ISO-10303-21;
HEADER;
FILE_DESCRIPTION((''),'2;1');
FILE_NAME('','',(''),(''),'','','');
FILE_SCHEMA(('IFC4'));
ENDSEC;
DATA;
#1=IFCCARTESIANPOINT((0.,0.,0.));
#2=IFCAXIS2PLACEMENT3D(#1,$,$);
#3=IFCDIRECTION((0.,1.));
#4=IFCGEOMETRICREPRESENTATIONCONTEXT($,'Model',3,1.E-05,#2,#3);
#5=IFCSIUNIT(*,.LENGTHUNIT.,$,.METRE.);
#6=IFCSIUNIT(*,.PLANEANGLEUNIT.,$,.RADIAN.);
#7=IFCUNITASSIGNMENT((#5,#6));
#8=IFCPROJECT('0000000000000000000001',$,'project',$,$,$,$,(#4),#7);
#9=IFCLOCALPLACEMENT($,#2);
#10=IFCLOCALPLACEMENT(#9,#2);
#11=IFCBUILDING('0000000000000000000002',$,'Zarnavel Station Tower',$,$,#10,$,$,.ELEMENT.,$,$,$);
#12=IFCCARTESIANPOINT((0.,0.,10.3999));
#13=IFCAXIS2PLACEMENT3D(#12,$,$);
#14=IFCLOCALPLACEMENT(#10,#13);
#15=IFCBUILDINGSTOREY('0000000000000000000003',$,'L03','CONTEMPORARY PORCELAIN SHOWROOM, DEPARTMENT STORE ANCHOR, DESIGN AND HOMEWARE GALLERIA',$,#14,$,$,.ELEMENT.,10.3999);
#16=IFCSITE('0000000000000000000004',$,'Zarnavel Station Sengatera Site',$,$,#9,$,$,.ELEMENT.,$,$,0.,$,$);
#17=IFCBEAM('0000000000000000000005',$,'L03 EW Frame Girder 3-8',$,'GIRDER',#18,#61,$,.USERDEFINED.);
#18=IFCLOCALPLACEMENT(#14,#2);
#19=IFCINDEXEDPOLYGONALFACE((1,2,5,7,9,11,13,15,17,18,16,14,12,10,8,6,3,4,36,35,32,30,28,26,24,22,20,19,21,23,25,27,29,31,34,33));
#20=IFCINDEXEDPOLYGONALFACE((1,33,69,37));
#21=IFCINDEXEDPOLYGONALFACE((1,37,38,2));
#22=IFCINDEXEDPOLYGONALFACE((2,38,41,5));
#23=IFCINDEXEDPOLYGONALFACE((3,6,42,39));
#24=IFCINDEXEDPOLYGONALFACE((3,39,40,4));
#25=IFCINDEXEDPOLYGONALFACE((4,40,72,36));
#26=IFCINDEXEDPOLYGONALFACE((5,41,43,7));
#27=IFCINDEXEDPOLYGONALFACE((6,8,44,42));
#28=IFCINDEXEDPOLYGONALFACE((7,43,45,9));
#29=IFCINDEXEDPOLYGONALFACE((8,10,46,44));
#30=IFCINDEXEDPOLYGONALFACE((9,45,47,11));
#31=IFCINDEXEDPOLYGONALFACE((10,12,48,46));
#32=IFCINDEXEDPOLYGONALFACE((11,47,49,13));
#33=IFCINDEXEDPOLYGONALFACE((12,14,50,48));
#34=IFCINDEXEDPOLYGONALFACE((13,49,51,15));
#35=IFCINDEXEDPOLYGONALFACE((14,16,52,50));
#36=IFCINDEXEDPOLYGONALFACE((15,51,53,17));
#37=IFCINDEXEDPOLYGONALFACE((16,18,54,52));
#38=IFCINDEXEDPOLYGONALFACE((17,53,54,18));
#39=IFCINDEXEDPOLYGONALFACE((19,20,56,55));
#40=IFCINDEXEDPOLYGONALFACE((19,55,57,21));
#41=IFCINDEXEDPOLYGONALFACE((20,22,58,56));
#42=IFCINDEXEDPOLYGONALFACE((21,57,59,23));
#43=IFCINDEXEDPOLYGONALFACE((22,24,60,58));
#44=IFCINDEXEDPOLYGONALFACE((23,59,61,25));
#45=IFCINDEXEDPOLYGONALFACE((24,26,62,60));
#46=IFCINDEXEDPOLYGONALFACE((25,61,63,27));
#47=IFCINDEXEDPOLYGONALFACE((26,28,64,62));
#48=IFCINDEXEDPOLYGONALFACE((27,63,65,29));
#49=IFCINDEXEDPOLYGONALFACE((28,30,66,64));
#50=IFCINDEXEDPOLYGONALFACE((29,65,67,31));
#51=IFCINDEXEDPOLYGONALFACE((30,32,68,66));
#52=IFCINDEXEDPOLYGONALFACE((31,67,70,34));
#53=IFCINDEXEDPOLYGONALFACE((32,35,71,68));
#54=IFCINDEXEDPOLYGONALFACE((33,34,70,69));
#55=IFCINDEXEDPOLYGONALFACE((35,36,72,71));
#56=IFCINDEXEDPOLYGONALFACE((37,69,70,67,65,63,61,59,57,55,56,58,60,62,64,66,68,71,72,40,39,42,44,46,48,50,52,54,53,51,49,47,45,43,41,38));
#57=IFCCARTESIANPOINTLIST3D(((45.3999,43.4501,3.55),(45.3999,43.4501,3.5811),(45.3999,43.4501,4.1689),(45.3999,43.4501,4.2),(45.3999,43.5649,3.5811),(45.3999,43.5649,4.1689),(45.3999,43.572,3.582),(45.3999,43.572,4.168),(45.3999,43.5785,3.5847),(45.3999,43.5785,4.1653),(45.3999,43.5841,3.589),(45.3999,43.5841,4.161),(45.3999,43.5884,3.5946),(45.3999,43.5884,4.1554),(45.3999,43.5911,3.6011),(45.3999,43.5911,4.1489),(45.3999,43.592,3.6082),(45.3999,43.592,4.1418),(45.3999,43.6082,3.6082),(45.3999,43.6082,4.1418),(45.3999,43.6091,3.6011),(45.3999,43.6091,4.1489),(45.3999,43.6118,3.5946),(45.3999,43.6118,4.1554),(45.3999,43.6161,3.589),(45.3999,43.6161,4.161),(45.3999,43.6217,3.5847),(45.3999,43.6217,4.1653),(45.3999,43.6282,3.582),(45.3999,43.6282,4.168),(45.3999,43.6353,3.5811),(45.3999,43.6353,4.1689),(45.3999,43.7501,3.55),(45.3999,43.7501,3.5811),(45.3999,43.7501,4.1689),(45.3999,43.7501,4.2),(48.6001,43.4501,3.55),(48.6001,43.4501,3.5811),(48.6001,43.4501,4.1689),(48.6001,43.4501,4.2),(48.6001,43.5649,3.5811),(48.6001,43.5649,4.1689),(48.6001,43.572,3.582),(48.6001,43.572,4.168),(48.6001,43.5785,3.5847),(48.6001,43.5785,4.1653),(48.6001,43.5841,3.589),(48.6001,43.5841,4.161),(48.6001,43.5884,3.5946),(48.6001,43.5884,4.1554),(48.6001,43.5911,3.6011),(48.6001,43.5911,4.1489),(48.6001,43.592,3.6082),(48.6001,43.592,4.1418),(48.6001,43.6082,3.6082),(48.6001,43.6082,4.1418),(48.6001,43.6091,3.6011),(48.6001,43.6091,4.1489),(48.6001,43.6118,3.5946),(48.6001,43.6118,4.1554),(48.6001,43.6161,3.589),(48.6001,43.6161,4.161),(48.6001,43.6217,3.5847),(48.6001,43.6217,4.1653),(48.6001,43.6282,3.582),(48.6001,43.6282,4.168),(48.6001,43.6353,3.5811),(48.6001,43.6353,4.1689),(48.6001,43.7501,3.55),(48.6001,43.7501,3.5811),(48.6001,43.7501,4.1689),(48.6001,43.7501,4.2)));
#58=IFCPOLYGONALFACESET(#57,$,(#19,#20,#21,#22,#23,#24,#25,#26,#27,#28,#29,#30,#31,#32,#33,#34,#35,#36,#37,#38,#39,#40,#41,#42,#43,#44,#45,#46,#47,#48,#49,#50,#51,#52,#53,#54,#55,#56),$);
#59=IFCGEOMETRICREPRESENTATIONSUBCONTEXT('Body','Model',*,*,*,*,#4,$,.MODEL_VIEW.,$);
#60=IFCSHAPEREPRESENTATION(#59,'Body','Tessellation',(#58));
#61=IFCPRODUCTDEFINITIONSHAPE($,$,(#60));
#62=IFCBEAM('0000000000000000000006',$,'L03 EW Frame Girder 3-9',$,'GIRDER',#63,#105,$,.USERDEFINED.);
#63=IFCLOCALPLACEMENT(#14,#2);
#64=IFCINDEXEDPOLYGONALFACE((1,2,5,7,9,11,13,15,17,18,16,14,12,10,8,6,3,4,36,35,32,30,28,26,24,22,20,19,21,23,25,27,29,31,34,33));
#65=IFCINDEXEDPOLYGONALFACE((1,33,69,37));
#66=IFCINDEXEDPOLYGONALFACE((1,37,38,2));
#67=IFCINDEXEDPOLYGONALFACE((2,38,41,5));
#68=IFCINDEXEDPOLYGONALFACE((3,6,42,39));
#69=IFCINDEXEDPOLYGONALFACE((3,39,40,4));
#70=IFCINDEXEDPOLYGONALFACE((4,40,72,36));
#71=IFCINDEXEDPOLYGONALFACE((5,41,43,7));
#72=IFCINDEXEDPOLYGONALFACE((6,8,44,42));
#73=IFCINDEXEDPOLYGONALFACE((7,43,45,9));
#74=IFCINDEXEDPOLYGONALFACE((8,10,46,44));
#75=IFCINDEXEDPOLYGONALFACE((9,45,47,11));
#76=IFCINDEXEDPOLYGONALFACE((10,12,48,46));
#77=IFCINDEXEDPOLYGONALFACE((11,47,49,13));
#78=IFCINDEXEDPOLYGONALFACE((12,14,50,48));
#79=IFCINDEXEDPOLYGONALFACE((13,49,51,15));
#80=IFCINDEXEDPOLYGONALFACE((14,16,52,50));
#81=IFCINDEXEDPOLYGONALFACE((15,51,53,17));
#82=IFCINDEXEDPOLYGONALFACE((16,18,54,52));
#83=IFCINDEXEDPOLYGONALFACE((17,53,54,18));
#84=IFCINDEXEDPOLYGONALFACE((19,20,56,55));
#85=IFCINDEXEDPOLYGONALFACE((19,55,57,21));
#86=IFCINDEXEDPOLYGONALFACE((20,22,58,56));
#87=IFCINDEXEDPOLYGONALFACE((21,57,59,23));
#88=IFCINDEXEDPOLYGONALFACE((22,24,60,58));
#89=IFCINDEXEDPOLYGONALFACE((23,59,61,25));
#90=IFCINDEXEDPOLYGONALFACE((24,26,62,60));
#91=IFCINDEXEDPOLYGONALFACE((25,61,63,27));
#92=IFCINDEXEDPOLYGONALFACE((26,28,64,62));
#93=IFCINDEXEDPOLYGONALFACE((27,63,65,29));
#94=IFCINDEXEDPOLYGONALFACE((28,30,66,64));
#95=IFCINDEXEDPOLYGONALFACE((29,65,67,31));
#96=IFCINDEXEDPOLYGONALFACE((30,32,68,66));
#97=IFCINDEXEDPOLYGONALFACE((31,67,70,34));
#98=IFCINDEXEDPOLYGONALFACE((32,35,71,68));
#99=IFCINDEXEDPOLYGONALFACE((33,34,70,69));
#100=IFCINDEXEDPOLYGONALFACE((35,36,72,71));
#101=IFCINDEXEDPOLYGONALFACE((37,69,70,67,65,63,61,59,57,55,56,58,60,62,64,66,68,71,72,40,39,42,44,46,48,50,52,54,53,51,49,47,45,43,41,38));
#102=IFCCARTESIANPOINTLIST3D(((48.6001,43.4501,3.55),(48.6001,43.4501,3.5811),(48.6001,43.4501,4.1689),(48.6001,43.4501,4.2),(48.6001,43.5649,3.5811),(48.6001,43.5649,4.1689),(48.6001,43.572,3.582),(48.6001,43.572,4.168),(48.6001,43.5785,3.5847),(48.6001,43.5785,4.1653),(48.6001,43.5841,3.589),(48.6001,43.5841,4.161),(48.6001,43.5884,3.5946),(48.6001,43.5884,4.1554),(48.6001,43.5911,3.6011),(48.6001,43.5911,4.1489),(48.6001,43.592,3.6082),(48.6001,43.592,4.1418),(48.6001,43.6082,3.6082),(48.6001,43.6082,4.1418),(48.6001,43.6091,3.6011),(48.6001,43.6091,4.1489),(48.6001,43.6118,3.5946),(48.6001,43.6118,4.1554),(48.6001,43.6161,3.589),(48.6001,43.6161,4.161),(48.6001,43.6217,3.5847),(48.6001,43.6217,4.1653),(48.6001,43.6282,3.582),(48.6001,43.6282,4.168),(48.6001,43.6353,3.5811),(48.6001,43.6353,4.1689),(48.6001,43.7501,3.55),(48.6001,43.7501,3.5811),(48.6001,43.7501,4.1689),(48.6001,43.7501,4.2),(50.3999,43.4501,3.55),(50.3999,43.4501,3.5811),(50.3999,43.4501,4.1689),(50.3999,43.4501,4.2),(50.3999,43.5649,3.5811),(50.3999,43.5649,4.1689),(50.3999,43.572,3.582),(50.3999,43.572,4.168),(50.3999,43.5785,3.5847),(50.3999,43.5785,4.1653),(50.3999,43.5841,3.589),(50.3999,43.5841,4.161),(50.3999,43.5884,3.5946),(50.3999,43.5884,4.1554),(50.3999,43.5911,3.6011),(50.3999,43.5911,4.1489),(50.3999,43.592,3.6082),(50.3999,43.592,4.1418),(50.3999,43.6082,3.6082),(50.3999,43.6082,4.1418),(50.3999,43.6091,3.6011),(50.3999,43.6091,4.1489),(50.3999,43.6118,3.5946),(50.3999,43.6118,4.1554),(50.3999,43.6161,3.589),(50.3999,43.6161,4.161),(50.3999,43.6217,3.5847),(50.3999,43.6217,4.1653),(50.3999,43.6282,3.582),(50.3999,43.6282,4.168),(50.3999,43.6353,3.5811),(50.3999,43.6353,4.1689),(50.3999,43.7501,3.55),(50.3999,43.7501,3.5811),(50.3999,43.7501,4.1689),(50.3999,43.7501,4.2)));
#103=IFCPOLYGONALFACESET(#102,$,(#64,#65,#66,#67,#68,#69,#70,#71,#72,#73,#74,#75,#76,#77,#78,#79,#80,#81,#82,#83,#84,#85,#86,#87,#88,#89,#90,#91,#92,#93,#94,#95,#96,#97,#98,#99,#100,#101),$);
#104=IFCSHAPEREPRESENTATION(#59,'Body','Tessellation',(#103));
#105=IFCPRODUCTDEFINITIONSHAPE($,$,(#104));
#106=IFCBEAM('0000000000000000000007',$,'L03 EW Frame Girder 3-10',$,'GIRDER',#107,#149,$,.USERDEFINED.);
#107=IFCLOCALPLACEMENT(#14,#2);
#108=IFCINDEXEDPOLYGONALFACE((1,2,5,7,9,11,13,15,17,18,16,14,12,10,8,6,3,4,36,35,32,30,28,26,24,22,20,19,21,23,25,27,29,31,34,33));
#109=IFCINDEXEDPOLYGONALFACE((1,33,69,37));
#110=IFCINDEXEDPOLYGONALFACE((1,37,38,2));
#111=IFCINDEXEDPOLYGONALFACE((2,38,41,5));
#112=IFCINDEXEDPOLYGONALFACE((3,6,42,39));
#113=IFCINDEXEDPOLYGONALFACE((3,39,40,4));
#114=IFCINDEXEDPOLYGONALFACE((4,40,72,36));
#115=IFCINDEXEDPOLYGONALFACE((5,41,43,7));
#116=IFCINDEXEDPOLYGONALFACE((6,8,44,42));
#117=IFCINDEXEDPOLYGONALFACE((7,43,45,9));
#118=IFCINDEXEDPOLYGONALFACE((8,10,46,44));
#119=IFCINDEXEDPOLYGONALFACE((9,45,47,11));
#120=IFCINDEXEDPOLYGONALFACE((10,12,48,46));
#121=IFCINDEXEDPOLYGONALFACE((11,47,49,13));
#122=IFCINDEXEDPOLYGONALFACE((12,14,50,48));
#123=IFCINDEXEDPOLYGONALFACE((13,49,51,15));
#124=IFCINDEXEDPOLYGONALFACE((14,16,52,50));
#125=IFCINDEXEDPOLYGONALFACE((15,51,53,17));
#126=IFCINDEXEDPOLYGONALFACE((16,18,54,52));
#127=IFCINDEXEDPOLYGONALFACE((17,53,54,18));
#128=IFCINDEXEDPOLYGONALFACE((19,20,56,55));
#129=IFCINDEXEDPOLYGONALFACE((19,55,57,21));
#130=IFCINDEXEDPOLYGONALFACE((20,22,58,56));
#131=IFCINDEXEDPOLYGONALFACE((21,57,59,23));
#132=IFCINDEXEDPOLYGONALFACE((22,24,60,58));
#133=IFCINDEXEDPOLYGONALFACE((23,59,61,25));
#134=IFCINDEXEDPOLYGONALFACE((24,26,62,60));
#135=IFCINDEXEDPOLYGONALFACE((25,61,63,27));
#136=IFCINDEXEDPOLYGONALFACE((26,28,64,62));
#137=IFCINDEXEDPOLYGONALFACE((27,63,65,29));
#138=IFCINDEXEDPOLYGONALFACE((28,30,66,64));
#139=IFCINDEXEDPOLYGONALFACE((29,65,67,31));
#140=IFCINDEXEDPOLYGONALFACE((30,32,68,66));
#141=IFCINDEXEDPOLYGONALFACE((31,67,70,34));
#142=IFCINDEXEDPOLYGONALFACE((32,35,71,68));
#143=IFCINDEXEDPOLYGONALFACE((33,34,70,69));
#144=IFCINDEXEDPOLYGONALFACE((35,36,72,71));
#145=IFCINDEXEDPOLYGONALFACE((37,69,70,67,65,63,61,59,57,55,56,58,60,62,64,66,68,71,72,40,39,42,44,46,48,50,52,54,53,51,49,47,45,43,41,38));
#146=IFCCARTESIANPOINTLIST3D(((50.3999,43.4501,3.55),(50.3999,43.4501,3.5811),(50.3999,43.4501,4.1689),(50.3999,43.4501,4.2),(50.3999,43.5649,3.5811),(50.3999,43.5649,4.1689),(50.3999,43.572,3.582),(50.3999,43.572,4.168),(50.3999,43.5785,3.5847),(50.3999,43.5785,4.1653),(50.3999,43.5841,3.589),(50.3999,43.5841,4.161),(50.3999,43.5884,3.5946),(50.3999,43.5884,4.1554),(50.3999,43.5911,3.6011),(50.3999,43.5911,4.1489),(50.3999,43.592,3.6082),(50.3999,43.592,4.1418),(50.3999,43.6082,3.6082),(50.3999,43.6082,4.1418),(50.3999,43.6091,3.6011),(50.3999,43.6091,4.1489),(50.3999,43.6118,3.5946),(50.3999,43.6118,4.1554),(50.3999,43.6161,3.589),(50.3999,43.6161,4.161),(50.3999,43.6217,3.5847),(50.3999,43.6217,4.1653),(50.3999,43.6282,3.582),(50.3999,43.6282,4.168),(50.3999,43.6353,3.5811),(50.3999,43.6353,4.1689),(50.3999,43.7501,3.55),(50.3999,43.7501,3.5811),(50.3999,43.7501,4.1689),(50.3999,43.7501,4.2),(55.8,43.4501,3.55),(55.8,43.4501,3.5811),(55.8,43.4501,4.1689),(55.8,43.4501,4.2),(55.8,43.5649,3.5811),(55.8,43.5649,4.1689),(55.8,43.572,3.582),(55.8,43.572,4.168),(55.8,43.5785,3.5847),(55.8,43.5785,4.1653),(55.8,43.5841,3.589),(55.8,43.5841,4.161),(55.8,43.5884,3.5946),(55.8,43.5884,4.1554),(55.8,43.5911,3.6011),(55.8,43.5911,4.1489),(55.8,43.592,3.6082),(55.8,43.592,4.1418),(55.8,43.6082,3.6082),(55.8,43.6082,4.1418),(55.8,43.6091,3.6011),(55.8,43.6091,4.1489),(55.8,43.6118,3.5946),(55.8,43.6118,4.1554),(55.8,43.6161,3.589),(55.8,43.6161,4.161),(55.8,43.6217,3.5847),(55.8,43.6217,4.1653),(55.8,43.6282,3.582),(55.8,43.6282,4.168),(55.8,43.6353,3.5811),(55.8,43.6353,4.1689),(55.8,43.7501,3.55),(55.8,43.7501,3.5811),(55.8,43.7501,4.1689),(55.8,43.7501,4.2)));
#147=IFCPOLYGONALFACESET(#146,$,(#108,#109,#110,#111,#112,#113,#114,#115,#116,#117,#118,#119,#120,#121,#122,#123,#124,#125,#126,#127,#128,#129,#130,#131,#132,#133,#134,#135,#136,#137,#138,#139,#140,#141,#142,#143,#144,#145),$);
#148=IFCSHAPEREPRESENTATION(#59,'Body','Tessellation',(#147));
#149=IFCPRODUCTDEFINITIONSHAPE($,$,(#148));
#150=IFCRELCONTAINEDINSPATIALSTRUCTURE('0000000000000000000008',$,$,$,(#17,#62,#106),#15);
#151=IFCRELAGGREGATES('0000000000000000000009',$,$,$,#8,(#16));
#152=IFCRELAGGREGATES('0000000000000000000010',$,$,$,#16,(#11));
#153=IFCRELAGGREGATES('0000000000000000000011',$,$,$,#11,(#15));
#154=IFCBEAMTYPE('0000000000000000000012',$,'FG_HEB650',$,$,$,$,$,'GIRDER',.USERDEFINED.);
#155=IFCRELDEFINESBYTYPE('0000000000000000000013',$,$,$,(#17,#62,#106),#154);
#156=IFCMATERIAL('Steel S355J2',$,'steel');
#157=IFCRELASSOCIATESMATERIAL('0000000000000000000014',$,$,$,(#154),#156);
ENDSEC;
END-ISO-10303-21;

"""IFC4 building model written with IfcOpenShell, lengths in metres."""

from ifc_helpers import new_model, si_unit, direction, frame, origin, origin_2d, place, context, subcontext, project, spatial, i_section, extrude, material, material_profile, profile_set, type_object, element, save


model = new_model("IFC4")

# Units and contexts
model_context = context("Model", 3, precision=1e-05, world=origin(), true_north=direction((0.0, 1.0)))
body_context = subcontext(model_context, "Body", "Model", "MODEL_VIEW")
ifc_project = project(units=[si_unit("LENGTHUNIT", "METRE"), si_unit("PLANEANGLEUNIT", "RADIAN")], contexts=[model_context])

# Site, building, storey
site_placement = place(None, origin())
site = spatial("IfcSite", under=ifc_project, at=site_placement, Name="Zarnavel Station Sengatera Site", CompositionType="ELEMENT", RefElevation=0.0)
building_placement = place(site_placement, origin())
building = spatial("IfcBuilding", under=site, at=building_placement, Name="Zarnavel Station Tower", CompositionType="ELEMENT")
storey_placement = place(building_placement, frame((0.0, 0.0, 10.3999)))
storey = spatial("IfcBuildingStorey", under=building, at=storey_placement, Name="L03", Description="CONTEMPORARY PORCELAIN SHOWROOM, DEPARTMENT STORE ANCHOR, DESIGN AND HOMEWARE GALLERIA", CompositionType="ELEMENT", Elevation=10.3999)

# Beams
ifc_material_1 = material(Name="Steel S355J2", Category="steel")
ifc_material_profile_1 = material_profile(ifc_material_1, i_section(OverallWidth=0.3, OverallDepth=0.6499, WebThickness=0.0161, FlangeThickness=0.031, FilletRadius=0.0271, at=origin_2d()), Name="HEB650")
ifc_profile_set_1 = profile_set([ifc_material_profile_1], Name="Steel S355J2")
beam_type = type_object("IfcBeamType", Name="FG_HEB650", ElementType="GIRDER", PredefinedType="USERDEFINED", material=ifc_profile_set_1)
beam_1_placement = place(storey_placement, frame((45.3999, 43.6001, 3.875), z_axis=(1.0, 0.0, 0.0), x_axis=(0.0, 1.0, 0.0)))
element("IfcBeam", 1, at=beam_1_placement, inside=storey, type_object=beam_type, Name="L03 EW Frame Girder 3-8", ObjectType="GIRDER", PredefinedType="USERDEFINED", context=body_context, shape_type="SweptSolid", body=[
    extrude(i_section(OverallWidth=0.3, OverallDepth=0.6499, WebThickness=0.0161, FlangeThickness=0.031, FilletRadius=0.0271, at=origin_2d()), origin(), (0.0, 0.0, 1.0), 3.2002),
])
beam_2_placement = place(storey_placement, frame((48.6001, 43.6001, 3.875), z_axis=(1.0, 0.0, 0.0), x_axis=(0.0, 1.0, 0.0)))
element("IfcBeam", 2, at=beam_2_placement, inside=storey, type_object=beam_type, Name="L03 EW Frame Girder 3-9", ObjectType="GIRDER", PredefinedType="USERDEFINED", context=body_context, shape_type="SweptSolid", body=[
    extrude(i_section(OverallWidth=0.3, OverallDepth=0.6499, WebThickness=0.0161, FlangeThickness=0.031, FilletRadius=0.0271, at=origin_2d()), origin(), (0.0, 0.0, 1.0), 1.7998),
])
beam_3_placement = place(storey_placement, frame((50.3999, 43.6001, 3.875), z_axis=(1.0, 0.0, 0.0), x_axis=(0.0, 1.0, 0.0)))
element("IfcBeam", 3, at=beam_3_placement, inside=storey, type_object=beam_type, Name="L03 EW Frame Girder 3-10", ObjectType="GIRDER", PredefinedType="USERDEFINED", context=body_context, shape_type="SweptSolid", body=[
    extrude(i_section(OverallWidth=0.3, OverallDepth=0.6499, WebThickness=0.0161, FlangeThickness=0.031, FilletRadius=0.0271, at=origin_2d()), origin(), (0.0, 0.0, 1.0), 5.4001),
])

save(model, "model.ifc")
